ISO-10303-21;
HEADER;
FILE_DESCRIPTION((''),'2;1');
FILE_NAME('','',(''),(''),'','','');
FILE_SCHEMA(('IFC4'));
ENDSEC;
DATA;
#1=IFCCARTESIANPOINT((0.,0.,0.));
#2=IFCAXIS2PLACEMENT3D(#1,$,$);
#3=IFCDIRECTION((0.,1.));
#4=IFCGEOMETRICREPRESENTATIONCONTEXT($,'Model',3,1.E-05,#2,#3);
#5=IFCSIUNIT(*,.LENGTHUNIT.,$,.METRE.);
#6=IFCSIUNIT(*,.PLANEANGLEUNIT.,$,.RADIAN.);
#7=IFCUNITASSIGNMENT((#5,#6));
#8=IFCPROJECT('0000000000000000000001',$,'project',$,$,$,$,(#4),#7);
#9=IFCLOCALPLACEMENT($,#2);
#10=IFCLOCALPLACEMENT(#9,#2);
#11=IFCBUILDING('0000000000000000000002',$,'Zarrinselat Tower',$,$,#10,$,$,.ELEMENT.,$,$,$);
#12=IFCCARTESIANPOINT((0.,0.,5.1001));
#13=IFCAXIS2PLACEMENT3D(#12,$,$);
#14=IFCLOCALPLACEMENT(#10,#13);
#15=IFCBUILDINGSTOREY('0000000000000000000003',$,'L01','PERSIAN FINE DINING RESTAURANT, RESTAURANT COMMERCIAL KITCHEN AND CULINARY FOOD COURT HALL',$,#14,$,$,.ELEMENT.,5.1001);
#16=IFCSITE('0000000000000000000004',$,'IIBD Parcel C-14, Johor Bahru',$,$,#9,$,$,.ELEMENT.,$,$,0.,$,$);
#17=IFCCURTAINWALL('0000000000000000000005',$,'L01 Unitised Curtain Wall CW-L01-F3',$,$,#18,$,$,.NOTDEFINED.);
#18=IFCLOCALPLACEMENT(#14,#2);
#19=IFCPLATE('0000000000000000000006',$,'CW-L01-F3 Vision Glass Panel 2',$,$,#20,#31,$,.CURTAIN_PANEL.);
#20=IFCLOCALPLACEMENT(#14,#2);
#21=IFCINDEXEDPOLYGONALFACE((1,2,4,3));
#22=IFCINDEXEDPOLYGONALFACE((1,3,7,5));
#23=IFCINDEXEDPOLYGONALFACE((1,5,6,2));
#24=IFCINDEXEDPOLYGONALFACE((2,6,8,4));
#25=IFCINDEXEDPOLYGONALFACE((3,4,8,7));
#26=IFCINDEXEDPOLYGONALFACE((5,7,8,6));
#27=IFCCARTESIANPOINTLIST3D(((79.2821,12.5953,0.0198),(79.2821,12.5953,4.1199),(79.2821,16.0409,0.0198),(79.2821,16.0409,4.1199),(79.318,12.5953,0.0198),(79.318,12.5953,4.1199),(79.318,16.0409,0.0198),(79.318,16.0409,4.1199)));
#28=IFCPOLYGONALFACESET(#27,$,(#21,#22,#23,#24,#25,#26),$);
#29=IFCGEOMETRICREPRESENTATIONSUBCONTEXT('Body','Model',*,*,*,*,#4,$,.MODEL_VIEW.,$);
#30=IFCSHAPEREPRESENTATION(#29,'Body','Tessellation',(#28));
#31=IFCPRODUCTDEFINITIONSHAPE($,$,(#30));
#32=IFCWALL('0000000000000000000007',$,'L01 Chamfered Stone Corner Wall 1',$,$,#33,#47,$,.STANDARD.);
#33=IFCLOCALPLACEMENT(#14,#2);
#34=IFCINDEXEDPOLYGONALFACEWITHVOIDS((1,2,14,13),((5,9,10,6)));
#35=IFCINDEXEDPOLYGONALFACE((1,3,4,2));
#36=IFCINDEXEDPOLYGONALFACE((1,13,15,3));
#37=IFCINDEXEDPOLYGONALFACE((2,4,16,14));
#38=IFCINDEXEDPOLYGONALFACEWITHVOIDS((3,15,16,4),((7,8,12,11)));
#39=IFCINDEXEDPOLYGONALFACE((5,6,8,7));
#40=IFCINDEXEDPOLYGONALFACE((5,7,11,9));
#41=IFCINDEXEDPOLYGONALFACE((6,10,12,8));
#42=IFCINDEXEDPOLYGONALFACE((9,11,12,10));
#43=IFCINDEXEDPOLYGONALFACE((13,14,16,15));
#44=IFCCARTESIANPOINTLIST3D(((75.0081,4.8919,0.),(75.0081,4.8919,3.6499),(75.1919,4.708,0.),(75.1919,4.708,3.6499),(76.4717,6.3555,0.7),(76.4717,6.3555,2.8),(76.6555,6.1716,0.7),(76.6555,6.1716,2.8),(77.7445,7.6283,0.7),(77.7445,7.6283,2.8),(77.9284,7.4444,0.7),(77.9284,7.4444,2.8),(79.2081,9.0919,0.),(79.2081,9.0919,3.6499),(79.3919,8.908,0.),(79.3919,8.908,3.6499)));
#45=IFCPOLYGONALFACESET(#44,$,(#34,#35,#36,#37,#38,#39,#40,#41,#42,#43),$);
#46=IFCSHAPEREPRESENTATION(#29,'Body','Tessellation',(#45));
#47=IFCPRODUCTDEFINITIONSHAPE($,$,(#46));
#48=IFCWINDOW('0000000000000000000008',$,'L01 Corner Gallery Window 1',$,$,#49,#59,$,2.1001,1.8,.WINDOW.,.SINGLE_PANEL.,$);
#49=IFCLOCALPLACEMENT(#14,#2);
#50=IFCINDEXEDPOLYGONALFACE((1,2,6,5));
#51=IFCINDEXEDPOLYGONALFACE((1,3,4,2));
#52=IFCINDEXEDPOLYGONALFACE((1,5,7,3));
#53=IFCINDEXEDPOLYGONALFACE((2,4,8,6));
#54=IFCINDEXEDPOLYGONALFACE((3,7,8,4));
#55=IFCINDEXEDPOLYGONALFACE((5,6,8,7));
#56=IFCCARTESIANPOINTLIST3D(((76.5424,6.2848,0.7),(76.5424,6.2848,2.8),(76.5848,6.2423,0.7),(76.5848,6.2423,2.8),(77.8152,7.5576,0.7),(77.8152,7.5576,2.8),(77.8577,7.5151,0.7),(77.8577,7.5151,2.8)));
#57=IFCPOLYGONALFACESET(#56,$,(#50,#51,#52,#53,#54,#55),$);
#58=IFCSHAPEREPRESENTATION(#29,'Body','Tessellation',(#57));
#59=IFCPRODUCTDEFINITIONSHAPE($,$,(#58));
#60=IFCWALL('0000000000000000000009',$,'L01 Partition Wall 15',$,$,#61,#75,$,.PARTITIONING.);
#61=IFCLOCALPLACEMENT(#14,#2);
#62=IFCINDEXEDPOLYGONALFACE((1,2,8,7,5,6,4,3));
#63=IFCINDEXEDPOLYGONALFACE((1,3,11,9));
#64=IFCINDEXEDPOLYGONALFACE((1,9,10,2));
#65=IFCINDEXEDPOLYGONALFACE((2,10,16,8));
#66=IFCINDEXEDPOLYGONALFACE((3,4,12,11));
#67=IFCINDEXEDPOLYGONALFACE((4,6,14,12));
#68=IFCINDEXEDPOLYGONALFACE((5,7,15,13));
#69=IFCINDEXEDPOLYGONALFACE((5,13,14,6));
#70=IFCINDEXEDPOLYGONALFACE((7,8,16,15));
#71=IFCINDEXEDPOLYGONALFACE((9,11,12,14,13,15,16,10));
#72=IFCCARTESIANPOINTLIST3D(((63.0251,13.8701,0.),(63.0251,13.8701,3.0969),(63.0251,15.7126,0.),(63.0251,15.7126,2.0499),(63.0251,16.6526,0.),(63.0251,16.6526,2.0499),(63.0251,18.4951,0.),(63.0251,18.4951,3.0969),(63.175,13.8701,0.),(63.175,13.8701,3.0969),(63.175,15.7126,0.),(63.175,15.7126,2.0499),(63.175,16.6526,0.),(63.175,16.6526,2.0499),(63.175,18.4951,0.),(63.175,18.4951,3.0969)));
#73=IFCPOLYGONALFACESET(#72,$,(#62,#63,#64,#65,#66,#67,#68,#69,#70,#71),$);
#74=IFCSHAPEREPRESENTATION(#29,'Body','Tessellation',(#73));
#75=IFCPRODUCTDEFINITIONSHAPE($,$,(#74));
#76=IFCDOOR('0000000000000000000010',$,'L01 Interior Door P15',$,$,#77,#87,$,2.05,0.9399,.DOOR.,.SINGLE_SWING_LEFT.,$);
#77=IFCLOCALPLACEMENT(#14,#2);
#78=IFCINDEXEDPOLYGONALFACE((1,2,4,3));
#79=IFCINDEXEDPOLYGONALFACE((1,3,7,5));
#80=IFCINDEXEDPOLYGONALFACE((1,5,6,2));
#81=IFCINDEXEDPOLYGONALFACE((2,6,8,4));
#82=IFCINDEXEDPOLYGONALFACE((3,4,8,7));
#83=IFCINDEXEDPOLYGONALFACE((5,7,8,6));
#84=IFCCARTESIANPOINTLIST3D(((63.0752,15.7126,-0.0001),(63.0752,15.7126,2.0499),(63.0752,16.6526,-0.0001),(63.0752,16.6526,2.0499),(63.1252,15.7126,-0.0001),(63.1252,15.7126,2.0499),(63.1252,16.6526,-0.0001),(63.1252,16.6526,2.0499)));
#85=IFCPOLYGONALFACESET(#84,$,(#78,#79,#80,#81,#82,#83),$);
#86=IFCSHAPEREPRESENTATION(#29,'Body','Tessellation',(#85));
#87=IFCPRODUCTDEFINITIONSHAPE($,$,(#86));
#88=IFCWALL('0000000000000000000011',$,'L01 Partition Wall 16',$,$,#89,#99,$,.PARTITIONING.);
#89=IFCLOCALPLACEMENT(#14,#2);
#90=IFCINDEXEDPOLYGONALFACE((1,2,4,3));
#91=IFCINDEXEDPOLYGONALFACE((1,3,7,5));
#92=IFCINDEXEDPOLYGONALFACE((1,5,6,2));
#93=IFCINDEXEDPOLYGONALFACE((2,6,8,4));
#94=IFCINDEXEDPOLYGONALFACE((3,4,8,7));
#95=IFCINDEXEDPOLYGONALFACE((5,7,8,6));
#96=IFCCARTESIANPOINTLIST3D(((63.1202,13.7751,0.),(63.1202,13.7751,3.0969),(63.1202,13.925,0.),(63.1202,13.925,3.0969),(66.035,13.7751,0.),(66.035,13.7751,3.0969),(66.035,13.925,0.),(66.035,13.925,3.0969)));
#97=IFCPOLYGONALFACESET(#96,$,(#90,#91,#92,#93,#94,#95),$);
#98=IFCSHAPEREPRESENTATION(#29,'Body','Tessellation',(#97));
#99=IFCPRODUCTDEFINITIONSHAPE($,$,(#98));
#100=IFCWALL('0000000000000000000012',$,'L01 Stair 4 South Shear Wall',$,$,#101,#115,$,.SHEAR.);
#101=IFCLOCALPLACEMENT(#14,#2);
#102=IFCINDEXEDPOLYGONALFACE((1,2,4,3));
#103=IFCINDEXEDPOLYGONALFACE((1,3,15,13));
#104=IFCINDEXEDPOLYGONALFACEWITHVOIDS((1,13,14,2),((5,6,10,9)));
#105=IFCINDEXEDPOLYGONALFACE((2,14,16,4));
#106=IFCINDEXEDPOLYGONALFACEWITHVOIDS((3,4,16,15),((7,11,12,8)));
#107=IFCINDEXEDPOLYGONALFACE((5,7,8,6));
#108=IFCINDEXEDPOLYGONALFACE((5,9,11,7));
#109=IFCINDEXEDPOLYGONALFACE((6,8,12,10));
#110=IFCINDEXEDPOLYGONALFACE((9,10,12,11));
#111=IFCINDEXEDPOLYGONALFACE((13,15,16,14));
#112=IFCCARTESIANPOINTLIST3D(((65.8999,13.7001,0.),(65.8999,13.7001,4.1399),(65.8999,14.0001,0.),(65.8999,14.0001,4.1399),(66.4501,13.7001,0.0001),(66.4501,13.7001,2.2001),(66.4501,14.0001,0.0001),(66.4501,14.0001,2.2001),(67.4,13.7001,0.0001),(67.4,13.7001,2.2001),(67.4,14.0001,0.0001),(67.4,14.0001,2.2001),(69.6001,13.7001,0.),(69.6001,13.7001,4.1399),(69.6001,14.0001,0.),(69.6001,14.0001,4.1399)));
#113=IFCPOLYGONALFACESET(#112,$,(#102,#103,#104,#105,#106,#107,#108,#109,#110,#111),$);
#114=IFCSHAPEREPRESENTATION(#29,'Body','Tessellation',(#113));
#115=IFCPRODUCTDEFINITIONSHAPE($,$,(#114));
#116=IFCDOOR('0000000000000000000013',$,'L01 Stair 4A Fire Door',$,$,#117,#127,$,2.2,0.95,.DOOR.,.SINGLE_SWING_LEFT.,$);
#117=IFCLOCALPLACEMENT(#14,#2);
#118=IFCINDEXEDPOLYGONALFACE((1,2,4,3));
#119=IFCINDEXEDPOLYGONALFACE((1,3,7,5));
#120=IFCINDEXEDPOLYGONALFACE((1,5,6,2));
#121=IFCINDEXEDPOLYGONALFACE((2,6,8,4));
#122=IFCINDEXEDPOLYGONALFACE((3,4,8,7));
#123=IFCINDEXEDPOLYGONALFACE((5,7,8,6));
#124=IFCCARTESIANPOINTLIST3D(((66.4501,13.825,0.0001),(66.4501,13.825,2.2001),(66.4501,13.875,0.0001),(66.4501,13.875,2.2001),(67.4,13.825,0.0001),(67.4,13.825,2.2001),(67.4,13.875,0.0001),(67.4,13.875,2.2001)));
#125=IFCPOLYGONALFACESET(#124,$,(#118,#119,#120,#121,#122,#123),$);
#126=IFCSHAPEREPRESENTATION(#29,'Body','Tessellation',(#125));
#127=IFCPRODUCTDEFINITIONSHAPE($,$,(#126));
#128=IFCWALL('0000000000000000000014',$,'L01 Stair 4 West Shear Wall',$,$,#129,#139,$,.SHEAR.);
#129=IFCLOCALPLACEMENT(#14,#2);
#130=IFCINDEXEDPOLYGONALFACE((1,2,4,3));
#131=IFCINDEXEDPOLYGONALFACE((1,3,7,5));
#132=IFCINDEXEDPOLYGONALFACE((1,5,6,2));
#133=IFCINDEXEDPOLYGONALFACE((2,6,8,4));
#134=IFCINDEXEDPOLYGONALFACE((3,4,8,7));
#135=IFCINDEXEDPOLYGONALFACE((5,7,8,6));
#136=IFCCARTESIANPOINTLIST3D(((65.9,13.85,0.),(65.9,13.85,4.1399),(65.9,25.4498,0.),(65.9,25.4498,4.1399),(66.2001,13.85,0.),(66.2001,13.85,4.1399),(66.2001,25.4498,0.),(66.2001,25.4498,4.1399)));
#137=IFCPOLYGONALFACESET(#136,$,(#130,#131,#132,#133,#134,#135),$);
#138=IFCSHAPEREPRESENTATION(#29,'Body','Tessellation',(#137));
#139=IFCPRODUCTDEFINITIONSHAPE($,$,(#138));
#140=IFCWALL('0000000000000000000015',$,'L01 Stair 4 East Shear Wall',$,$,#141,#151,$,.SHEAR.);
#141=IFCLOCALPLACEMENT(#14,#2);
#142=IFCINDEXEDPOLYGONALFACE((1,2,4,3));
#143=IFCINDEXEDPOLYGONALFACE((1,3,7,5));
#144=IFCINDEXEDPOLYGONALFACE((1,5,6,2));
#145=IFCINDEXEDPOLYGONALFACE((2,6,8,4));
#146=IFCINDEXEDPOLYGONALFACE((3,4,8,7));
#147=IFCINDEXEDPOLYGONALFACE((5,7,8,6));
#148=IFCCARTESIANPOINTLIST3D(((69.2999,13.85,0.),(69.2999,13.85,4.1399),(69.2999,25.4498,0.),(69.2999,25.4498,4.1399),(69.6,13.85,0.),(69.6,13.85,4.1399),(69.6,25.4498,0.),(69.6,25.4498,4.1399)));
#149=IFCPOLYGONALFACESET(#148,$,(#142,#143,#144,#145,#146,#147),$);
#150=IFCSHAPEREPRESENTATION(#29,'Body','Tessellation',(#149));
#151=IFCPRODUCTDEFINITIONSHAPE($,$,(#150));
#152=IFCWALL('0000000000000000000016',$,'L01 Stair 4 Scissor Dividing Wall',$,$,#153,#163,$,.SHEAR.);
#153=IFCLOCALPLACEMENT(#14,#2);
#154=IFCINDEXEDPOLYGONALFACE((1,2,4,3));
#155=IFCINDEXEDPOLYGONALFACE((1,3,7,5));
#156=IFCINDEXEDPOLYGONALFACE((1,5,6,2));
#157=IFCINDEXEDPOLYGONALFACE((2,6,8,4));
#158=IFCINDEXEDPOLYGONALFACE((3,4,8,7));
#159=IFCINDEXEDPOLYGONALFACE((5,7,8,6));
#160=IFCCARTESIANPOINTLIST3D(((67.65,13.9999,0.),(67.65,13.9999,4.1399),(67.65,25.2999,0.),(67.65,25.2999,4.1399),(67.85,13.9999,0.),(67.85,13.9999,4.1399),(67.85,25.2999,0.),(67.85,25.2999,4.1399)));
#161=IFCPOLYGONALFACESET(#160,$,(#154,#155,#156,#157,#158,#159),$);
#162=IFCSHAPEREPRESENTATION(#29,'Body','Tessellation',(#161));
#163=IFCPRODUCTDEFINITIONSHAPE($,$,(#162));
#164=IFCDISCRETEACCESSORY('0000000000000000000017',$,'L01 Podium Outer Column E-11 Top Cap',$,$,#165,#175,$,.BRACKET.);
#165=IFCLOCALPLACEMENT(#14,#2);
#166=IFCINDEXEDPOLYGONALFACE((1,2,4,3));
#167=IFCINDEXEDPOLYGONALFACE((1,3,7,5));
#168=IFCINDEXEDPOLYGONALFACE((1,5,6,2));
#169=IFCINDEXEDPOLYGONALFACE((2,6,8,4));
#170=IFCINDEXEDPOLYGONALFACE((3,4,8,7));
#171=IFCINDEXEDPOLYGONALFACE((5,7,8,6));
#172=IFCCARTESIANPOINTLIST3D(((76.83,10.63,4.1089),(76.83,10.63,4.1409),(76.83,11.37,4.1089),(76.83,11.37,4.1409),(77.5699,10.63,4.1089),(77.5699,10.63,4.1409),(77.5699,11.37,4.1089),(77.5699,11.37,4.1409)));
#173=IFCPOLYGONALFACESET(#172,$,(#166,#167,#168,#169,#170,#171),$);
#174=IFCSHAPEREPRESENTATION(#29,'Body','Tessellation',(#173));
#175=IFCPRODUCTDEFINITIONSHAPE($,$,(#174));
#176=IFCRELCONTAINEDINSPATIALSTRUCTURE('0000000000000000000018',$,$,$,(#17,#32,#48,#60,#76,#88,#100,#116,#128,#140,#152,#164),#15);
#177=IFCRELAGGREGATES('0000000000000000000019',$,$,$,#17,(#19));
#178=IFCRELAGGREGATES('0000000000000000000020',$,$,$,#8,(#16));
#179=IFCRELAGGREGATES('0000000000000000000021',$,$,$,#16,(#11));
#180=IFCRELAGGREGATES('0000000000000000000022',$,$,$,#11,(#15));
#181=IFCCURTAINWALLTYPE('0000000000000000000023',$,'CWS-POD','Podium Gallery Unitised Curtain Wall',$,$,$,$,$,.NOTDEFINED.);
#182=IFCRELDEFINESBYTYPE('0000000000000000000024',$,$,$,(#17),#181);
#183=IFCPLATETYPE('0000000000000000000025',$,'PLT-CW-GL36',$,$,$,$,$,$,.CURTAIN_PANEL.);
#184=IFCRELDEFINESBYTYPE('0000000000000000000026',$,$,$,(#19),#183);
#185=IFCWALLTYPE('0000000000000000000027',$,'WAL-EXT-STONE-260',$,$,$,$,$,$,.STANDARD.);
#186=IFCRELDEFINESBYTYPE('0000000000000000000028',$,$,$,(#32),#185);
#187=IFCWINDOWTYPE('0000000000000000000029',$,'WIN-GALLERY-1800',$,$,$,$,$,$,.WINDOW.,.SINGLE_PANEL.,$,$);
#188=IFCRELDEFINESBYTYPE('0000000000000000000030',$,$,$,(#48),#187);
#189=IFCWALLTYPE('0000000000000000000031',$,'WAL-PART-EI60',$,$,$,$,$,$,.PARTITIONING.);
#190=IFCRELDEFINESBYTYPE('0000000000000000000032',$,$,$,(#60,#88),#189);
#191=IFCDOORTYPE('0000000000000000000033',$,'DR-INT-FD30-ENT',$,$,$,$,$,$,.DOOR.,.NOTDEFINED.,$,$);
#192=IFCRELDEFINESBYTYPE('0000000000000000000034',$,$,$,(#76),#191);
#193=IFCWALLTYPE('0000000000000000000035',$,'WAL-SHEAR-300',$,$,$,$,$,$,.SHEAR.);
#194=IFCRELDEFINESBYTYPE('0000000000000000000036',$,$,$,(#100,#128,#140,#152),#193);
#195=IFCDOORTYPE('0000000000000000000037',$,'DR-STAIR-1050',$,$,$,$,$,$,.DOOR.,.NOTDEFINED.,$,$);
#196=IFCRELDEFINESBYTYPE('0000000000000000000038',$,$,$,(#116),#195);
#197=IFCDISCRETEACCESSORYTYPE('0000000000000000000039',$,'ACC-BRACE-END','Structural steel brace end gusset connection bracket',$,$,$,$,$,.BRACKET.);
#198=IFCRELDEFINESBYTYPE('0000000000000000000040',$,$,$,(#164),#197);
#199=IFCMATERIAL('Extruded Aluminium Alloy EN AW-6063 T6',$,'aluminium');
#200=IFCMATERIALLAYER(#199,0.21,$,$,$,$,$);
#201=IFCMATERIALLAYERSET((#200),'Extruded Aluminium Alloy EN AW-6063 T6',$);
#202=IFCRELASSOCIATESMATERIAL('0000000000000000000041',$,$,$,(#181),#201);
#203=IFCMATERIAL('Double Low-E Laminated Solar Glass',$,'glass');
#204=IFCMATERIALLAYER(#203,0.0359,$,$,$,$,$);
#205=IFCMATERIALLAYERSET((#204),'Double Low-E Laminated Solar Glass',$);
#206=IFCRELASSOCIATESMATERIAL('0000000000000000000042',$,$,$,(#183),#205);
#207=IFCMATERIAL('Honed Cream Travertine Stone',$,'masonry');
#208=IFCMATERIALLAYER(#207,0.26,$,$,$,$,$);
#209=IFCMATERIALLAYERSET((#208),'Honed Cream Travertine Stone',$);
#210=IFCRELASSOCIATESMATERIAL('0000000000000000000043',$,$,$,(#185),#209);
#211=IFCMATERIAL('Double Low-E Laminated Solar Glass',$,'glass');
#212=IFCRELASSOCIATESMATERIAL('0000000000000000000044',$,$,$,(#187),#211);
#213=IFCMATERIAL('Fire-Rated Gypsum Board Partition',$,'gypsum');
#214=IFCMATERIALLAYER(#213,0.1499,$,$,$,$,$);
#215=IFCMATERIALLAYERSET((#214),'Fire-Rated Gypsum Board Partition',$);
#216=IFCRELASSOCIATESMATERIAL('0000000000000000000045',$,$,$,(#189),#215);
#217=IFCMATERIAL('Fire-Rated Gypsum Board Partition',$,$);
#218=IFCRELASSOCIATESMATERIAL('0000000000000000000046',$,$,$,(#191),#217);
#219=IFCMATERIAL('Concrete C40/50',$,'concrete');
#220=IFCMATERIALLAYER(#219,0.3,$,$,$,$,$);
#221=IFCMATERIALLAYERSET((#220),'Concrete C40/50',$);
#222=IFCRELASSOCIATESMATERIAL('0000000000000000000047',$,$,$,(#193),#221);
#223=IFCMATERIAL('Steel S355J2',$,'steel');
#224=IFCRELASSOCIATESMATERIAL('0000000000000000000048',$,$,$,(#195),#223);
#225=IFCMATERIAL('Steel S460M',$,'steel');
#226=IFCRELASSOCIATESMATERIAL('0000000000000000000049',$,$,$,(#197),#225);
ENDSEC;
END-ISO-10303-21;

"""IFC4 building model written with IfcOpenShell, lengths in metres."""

from ifc_helpers import new_model, si_unit, direction, frame, frame_2d, origin, origin_2d, place, context, subcontext, project, spatial, rectangle, extrude, material, layer, layer_set, type_object, element, fill, aggregate, save


model = new_model("IFC4")

# Units and contexts
model_context = context("Model", 3, precision=1e-05, world=origin(), true_north=direction((0.0, 1.0)))
body_context = subcontext(model_context, "Body", "Model", "MODEL_VIEW")
ifc_project = project(units=[si_unit("LENGTHUNIT", "METRE"), si_unit("PLANEANGLEUNIT", "RADIAN")], contexts=[model_context])

# Site, building, storey
site_placement = place(None, origin())
site = spatial("IfcSite", under=ifc_project, at=site_placement, Name="IIBD Parcel C-14, Johor Bahru", CompositionType="ELEMENT", RefElevation=0.0)
building_placement = place(site_placement, origin())
building = spatial("IfcBuilding", under=site, at=building_placement, Name="Zarrinselat Tower", CompositionType="ELEMENT")
storey_placement = place(building_placement, frame((0.0, 0.0, 5.1001)))
storey = spatial("IfcBuildingStorey", under=building, at=storey_placement, Name="L01", Description="PERSIAN FINE DINING RESTAURANT, RESTAURANT COMMERCIAL KITCHEN AND CULINARY FOOD COURT HALL", CompositionType="ELEMENT", Elevation=5.1001)

# Curtain wall
ifc_material_1 = material(Name="Extruded Aluminium Alloy EN AW-6063 T6", Category="aluminium")
ifc_layer_1 = layer(ifc_material_1, 0.21)
ifc_layer_set_1 = layer_set([ifc_layer_1], Name="Extruded Aluminium Alloy EN AW-6063 T6")
curtain_wall_type = type_object("IfcCurtainWallType", Name="CWS-POD", Description="Podium Gallery Unitised Curtain Wall", PredefinedType="NOTDEFINED", material=ifc_layer_set_1)
curtain_wall_1_placement = place(storey_placement, origin())
curtain_wall_1 = element("IfcCurtainWall", 1, at=curtain_wall_1_placement, inside=storey, type_object=curtain_wall_type, Name="L01 Unitised Curtain Wall CW-L01-F3", PredefinedType="NOTDEFINED")

# Plate
ifc_material_2 = material(Name="Double Low-E Laminated Solar Glass", Category="glass")
ifc_layer_2 = layer(ifc_material_2, 0.0359)
ifc_layer_set_2 = layer_set([ifc_layer_2], Name="Double Low-E Laminated Solar Glass")
plate_type = type_object("IfcPlateType", Name="PLT-CW-GL36", PredefinedType="CURTAIN_PANEL", material=ifc_layer_set_2)
plate_1_placement = place(storey_placement, frame((79.3, 14.3181, 0.0198), z_axis=(0.0, 0.0, 1.0), x_axis=(0.0, 1.0, 0.0)))
plate_1 = element("IfcPlate", 2, at=plate_1_placement, type_object=plate_type, Name="CW-L01-F3 Vision Glass Panel 2", PredefinedType="CURTAIN_PANEL", context=body_context, shape_type="SweptSolid", body=[
    extrude(rectangle(XDim=3.4456, YDim=0.0359, at=origin_2d()), origin(), (0.0, 0.0, 1.0), 4.1001),
])
aggregate(curtain_wall_1, [plate_1])

# Wall, opening, window
ifc_material_3 = material(Name="Honed Cream Travertine Stone", Category="masonry")
ifc_layer_3 = layer(ifc_material_3, 0.26)
ifc_layer_set_3 = layer_set([ifc_layer_3], Name="Honed Cream Travertine Stone")
wall_type_1 = type_object("IfcWallType", Name="WAL-EXT-STONE-260", PredefinedType="STANDARD", material=ifc_layer_set_3)
wall_1_placement = place(storey_placement, frame((75.1001, 4.8, 0.0), z_axis=(0.0, 0.0, 1.0), x_axis=(0.707107, 0.707107, 0.0)))
wall_1 = element("IfcWall", 3, at=wall_1_placement, inside=storey, type_object=wall_type_1, Name="L01 Chamfered Stone Corner Wall 1", PredefinedType="STANDARD", context=body_context, shape_type="SweptSolid", body=[
    extrude(rectangle(XDim=5.9397, YDim=0.26, at=frame_2d((2.9697, 0.0))), origin(), (0.0, 0.0, 1.0), 3.6499),
])
opening_1_placement = place(wall_1_placement, frame((2.0698, 0.0, 0.7)))
opening_1 = element("IfcOpeningElement", 4, at=opening_1_placement, cuts=wall_1, PredefinedType="OPENING", context=body_context, shape_type="SweptSolid", body=[
    extrude(rectangle(XDim=1.8, YDim=2.1001, at=frame_2d((0.8999, 1.05))), frame((0.0, 0.1399, 0.0), z_axis=(0.0, -1.0, 0.0), x_axis=(1.0, 0.0, 0.0)), (0.0, 0.0, 1.0), 0.28),
])
ifc_material_4 = material(Name="Double Low-E Laminated Solar Glass", Category="glass")
window_type = type_object("IfcWindowType", Name="WIN-GALLERY-1800", PartitioningType="SINGLE_PANEL", PredefinedType="WINDOW", material=ifc_material_4)
window_placement = place(opening_1_placement, origin())
window = element("IfcWindow", 5, at=window_placement, inside=storey, type_object=window_type, Name="L01 Corner Gallery Window 1", OverallHeight=2.1001, OverallWidth=1.8, PartitioningType="SINGLE_PANEL", PredefinedType="WINDOW", context=body_context, shape_type="SweptSolid", body=[
    extrude(rectangle(XDim=1.8, YDim=2.1001, at=frame_2d((0.8999, 1.05))), frame((0.0, 0.03, 0.0), z_axis=(0.0, -1.0, 0.0), x_axis=(1.0, 0.0, 0.0)), (0.0, 0.0, 1.0), 0.0601),
])
fill(opening_1, window)

# Wall, opening, door
ifc_material_5 = material(Name="Fire-Rated Gypsum Board Partition", Category="gypsum")
ifc_layer_4 = layer(ifc_material_5, 0.1499)
ifc_layer_set_4 = layer_set([ifc_layer_4], Name="Fire-Rated Gypsum Board Partition")
wall_type_2 = type_object("IfcWallType", Name="WAL-PART-EI60", PredefinedType="PARTITIONING", material=ifc_layer_set_4)
wall_2_placement = place(storey_placement, frame((63.1001, 13.8701, 0.0), z_axis=(0.0, 0.0, 1.0), x_axis=(0.0, 1.0, 0.0)))
wall_2 = element("IfcWall", 6, at=wall_2_placement, inside=storey, type_object=wall_type_2, Name="L01 Partition Wall 15", PredefinedType="PARTITIONING", context=body_context, shape_type="SweptSolid", body=[
    extrude(rectangle(XDim=4.625, YDim=0.1499, at=frame_2d((2.3125, 0.0))), origin(), (0.0, 0.0, 1.0), 3.0969),
])
opening_2_placement = place(wall_2_placement, frame((1.8425, 0.0, 0.0)))
opening_2 = element("IfcOpeningElement", 7, at=opening_2_placement, cuts=wall_2, PredefinedType="OPENING", context=body_context, shape_type="SweptSolid", body=[
    extrude(rectangle(XDim=0.9399, YDim=2.05, at=frame_2d((0.47, 1.0249))), frame((0.0, 0.085, 0.0), z_axis=(0.0, -1.0, 0.0), x_axis=(1.0, 0.0, 0.0)), (0.0, 0.0, 1.0), 0.1699),
])
ifc_material_6 = material(Name="Fire-Rated Gypsum Board Partition")
door_type_1 = type_object("IfcDoorType", Name="DR-INT-FD30-ENT", OperationType="NOTDEFINED", PredefinedType="DOOR", material=ifc_material_6)
door_1_placement = place(opening_2_placement, origin())
door_1 = element("IfcDoor", 8, at=door_1_placement, inside=storey, type_object=door_type_1, Name="L01 Interior Door P15", OperationType="SINGLE_SWING_LEFT", OverallHeight=2.05, OverallWidth=0.9399, PredefinedType="DOOR", context=body_context, shape_type="SweptSolid", body=[
    extrude(rectangle(XDim=0.9399, YDim=2.05, at=frame_2d((0.47, 1.0249))), frame((0.0, 0.0249, 0.0), z_axis=(0.0, -1.0, 0.0), x_axis=(1.0, 0.0, 0.0)), (0.0, 0.0, 1.0), 0.05),
])
fill(opening_2, door_1)

# Wall
wall_3_placement = place(storey_placement, frame((63.1201, 13.8501, 0.0), z_axis=(0.0, 0.0, 1.0), x_axis=(1.0, 0.0, 0.0)))
element("IfcWall", 9, at=wall_3_placement, inside=storey, type_object=wall_type_2, Name="L01 Partition Wall 16", PredefinedType="PARTITIONING", context=body_context, shape_type="SweptSolid", body=[
    extrude(rectangle(XDim=2.9148, YDim=0.1499, at=frame_2d((1.4575, 0.0))), origin(), (0.0, 0.0, 1.0), 3.0969),
])

# Wall, opening, door
ifc_material_7 = material(Name="Concrete C40/50", Category="concrete")
ifc_layer_5 = layer(ifc_material_7, 0.3)
ifc_layer_set_5 = layer_set([ifc_layer_5], Name="Concrete C40/50")
wall_type_3 = type_object("IfcWallType", Name="WAL-SHEAR-300", PredefinedType="SHEAR", material=ifc_layer_set_5)
wall_4_placement = place(storey_placement, frame((65.8999, 13.8501, 0.0), z_axis=(0.0, 0.0, 1.0), x_axis=(1.0, 0.0, 0.0)))
wall_4 = element("IfcWall", 10, at=wall_4_placement, inside=storey, type_object=wall_type_3, Name="L01 Stair 4 South Shear Wall", PredefinedType="SHEAR", context=body_context, shape_type="SweptSolid", body=[
    extrude(rectangle(XDim=3.7002, YDim=0.3, at=frame_2d((1.8501, 0.0))), origin(), (0.0, 0.0, 1.0), 4.1399),
])
opening_3_placement = place(wall_4_placement, frame((0.55, 0.0, 0.0)))
opening_3 = element("IfcOpeningElement", 11, at=opening_3_placement, cuts=wall_4, PredefinedType="OPENING", context=body_context, shape_type="SweptSolid", body=[
    extrude(rectangle(XDim=0.95, YDim=2.2, at=frame_2d((0.4751, 1.1001))), frame((0.0, 0.1599, 0.0), z_axis=(0.0, -1.0, 0.0), x_axis=(1.0, 0.0, 0.0)), (0.0, 0.0, 1.0), 0.3201),
])
ifc_material_8 = material(Name="Steel S355J2", Category="steel")
door_type_2 = type_object("IfcDoorType", Name="DR-STAIR-1050", OperationType="NOTDEFINED", PredefinedType="DOOR", material=ifc_material_8)
door_2_placement = place(opening_3_placement, origin())
door_2 = element("IfcDoor", 12, at=door_2_placement, inside=storey, type_object=door_type_2, Name="L01 Stair 4A Fire Door", OperationType="SINGLE_SWING_LEFT", OverallHeight=2.2, OverallWidth=0.95, PredefinedType="DOOR", context=body_context, shape_type="SweptSolid", body=[
    extrude(rectangle(XDim=0.95, YDim=2.2, at=frame_2d((0.4751, 1.1001))), frame((0.0, 0.0249, 0.0), z_axis=(0.0, -1.0, 0.0), x_axis=(1.0, 0.0, 0.0)), (0.0, 0.0, 1.0), 0.05),
])
fill(opening_3, door_2)

# Walls
for number, where, z_axis, x_axis, name in (
    (13, (66.05, 13.8501, 0.0), (0.0, 0.0, 1.0), (0.0, 1.0, 0.0), "L01 Stair 4 West Shear Wall"),
    (14, (69.45, 13.8501, 0.0), (0.0, 0.0, 1.0), (0.0, 1.0, 0.0), "L01 Stair 4 East Shear Wall"),
):
    element("IfcWall", number, at=place(storey_placement, frame(where, z_axis=z_axis, x_axis=x_axis)), inside=storey, type_object=wall_type_3, Name=name, PredefinedType="SHEAR", context=body_context, shape_type="SweptSolid", body=[
        extrude(rectangle(XDim=11.5999, YDim=0.3, at=frame_2d((5.7998, 0.0))), origin(), (0.0, 0.0, 1.0), 4.1399),
    ])
wall_5_placement = place(storey_placement, frame((67.75, 14.0, 0.0), z_axis=(0.0, 0.0, 1.0), x_axis=(0.0, 1.0, 0.0)))
element("IfcWall", 15, at=wall_5_placement, inside=storey, type_object=wall_type_3, Name="L01 Stair 4 Scissor Dividing Wall", PredefinedType="SHEAR", context=body_context, shape_type="SweptSolid", body=[
    extrude(rectangle(XDim=11.3, YDim=0.2, at=frame_2d((5.6499, 0.0))), origin(), (0.0, 0.0, 1.0), 4.1399),
])

# Discrete accessory
ifc_material_9 = material(Name="Steel S460M", Category="steel")
discrete_accessory_type = type_object("IfcDiscreteAccessoryType", Name="ACC-BRACE-END", Description="Structural steel brace end gusset connection bracket", PredefinedType="BRACKET", material=ifc_material_9)
discrete_accessory_placement = place(storey_placement, frame((77.2, 11.0, 4.1089), z_axis=(0.0, 0.0, 1.0), x_axis=(1.0, 0.0, 0.0)))
element("IfcDiscreteAccessory", 16, at=discrete_accessory_placement, inside=storey, type_object=discrete_accessory_type, Name="L01 Podium Outer Column E-11 Top Cap", PredefinedType="BRACKET", context=body_context, shape_type="SweptSolid", body=[
    extrude(rectangle(XDim=0.74, YDim=0.74, at=origin_2d()), origin(), (0.0, 0.0, 1.0), 0.032),
])

save(model, "model.ifc")
